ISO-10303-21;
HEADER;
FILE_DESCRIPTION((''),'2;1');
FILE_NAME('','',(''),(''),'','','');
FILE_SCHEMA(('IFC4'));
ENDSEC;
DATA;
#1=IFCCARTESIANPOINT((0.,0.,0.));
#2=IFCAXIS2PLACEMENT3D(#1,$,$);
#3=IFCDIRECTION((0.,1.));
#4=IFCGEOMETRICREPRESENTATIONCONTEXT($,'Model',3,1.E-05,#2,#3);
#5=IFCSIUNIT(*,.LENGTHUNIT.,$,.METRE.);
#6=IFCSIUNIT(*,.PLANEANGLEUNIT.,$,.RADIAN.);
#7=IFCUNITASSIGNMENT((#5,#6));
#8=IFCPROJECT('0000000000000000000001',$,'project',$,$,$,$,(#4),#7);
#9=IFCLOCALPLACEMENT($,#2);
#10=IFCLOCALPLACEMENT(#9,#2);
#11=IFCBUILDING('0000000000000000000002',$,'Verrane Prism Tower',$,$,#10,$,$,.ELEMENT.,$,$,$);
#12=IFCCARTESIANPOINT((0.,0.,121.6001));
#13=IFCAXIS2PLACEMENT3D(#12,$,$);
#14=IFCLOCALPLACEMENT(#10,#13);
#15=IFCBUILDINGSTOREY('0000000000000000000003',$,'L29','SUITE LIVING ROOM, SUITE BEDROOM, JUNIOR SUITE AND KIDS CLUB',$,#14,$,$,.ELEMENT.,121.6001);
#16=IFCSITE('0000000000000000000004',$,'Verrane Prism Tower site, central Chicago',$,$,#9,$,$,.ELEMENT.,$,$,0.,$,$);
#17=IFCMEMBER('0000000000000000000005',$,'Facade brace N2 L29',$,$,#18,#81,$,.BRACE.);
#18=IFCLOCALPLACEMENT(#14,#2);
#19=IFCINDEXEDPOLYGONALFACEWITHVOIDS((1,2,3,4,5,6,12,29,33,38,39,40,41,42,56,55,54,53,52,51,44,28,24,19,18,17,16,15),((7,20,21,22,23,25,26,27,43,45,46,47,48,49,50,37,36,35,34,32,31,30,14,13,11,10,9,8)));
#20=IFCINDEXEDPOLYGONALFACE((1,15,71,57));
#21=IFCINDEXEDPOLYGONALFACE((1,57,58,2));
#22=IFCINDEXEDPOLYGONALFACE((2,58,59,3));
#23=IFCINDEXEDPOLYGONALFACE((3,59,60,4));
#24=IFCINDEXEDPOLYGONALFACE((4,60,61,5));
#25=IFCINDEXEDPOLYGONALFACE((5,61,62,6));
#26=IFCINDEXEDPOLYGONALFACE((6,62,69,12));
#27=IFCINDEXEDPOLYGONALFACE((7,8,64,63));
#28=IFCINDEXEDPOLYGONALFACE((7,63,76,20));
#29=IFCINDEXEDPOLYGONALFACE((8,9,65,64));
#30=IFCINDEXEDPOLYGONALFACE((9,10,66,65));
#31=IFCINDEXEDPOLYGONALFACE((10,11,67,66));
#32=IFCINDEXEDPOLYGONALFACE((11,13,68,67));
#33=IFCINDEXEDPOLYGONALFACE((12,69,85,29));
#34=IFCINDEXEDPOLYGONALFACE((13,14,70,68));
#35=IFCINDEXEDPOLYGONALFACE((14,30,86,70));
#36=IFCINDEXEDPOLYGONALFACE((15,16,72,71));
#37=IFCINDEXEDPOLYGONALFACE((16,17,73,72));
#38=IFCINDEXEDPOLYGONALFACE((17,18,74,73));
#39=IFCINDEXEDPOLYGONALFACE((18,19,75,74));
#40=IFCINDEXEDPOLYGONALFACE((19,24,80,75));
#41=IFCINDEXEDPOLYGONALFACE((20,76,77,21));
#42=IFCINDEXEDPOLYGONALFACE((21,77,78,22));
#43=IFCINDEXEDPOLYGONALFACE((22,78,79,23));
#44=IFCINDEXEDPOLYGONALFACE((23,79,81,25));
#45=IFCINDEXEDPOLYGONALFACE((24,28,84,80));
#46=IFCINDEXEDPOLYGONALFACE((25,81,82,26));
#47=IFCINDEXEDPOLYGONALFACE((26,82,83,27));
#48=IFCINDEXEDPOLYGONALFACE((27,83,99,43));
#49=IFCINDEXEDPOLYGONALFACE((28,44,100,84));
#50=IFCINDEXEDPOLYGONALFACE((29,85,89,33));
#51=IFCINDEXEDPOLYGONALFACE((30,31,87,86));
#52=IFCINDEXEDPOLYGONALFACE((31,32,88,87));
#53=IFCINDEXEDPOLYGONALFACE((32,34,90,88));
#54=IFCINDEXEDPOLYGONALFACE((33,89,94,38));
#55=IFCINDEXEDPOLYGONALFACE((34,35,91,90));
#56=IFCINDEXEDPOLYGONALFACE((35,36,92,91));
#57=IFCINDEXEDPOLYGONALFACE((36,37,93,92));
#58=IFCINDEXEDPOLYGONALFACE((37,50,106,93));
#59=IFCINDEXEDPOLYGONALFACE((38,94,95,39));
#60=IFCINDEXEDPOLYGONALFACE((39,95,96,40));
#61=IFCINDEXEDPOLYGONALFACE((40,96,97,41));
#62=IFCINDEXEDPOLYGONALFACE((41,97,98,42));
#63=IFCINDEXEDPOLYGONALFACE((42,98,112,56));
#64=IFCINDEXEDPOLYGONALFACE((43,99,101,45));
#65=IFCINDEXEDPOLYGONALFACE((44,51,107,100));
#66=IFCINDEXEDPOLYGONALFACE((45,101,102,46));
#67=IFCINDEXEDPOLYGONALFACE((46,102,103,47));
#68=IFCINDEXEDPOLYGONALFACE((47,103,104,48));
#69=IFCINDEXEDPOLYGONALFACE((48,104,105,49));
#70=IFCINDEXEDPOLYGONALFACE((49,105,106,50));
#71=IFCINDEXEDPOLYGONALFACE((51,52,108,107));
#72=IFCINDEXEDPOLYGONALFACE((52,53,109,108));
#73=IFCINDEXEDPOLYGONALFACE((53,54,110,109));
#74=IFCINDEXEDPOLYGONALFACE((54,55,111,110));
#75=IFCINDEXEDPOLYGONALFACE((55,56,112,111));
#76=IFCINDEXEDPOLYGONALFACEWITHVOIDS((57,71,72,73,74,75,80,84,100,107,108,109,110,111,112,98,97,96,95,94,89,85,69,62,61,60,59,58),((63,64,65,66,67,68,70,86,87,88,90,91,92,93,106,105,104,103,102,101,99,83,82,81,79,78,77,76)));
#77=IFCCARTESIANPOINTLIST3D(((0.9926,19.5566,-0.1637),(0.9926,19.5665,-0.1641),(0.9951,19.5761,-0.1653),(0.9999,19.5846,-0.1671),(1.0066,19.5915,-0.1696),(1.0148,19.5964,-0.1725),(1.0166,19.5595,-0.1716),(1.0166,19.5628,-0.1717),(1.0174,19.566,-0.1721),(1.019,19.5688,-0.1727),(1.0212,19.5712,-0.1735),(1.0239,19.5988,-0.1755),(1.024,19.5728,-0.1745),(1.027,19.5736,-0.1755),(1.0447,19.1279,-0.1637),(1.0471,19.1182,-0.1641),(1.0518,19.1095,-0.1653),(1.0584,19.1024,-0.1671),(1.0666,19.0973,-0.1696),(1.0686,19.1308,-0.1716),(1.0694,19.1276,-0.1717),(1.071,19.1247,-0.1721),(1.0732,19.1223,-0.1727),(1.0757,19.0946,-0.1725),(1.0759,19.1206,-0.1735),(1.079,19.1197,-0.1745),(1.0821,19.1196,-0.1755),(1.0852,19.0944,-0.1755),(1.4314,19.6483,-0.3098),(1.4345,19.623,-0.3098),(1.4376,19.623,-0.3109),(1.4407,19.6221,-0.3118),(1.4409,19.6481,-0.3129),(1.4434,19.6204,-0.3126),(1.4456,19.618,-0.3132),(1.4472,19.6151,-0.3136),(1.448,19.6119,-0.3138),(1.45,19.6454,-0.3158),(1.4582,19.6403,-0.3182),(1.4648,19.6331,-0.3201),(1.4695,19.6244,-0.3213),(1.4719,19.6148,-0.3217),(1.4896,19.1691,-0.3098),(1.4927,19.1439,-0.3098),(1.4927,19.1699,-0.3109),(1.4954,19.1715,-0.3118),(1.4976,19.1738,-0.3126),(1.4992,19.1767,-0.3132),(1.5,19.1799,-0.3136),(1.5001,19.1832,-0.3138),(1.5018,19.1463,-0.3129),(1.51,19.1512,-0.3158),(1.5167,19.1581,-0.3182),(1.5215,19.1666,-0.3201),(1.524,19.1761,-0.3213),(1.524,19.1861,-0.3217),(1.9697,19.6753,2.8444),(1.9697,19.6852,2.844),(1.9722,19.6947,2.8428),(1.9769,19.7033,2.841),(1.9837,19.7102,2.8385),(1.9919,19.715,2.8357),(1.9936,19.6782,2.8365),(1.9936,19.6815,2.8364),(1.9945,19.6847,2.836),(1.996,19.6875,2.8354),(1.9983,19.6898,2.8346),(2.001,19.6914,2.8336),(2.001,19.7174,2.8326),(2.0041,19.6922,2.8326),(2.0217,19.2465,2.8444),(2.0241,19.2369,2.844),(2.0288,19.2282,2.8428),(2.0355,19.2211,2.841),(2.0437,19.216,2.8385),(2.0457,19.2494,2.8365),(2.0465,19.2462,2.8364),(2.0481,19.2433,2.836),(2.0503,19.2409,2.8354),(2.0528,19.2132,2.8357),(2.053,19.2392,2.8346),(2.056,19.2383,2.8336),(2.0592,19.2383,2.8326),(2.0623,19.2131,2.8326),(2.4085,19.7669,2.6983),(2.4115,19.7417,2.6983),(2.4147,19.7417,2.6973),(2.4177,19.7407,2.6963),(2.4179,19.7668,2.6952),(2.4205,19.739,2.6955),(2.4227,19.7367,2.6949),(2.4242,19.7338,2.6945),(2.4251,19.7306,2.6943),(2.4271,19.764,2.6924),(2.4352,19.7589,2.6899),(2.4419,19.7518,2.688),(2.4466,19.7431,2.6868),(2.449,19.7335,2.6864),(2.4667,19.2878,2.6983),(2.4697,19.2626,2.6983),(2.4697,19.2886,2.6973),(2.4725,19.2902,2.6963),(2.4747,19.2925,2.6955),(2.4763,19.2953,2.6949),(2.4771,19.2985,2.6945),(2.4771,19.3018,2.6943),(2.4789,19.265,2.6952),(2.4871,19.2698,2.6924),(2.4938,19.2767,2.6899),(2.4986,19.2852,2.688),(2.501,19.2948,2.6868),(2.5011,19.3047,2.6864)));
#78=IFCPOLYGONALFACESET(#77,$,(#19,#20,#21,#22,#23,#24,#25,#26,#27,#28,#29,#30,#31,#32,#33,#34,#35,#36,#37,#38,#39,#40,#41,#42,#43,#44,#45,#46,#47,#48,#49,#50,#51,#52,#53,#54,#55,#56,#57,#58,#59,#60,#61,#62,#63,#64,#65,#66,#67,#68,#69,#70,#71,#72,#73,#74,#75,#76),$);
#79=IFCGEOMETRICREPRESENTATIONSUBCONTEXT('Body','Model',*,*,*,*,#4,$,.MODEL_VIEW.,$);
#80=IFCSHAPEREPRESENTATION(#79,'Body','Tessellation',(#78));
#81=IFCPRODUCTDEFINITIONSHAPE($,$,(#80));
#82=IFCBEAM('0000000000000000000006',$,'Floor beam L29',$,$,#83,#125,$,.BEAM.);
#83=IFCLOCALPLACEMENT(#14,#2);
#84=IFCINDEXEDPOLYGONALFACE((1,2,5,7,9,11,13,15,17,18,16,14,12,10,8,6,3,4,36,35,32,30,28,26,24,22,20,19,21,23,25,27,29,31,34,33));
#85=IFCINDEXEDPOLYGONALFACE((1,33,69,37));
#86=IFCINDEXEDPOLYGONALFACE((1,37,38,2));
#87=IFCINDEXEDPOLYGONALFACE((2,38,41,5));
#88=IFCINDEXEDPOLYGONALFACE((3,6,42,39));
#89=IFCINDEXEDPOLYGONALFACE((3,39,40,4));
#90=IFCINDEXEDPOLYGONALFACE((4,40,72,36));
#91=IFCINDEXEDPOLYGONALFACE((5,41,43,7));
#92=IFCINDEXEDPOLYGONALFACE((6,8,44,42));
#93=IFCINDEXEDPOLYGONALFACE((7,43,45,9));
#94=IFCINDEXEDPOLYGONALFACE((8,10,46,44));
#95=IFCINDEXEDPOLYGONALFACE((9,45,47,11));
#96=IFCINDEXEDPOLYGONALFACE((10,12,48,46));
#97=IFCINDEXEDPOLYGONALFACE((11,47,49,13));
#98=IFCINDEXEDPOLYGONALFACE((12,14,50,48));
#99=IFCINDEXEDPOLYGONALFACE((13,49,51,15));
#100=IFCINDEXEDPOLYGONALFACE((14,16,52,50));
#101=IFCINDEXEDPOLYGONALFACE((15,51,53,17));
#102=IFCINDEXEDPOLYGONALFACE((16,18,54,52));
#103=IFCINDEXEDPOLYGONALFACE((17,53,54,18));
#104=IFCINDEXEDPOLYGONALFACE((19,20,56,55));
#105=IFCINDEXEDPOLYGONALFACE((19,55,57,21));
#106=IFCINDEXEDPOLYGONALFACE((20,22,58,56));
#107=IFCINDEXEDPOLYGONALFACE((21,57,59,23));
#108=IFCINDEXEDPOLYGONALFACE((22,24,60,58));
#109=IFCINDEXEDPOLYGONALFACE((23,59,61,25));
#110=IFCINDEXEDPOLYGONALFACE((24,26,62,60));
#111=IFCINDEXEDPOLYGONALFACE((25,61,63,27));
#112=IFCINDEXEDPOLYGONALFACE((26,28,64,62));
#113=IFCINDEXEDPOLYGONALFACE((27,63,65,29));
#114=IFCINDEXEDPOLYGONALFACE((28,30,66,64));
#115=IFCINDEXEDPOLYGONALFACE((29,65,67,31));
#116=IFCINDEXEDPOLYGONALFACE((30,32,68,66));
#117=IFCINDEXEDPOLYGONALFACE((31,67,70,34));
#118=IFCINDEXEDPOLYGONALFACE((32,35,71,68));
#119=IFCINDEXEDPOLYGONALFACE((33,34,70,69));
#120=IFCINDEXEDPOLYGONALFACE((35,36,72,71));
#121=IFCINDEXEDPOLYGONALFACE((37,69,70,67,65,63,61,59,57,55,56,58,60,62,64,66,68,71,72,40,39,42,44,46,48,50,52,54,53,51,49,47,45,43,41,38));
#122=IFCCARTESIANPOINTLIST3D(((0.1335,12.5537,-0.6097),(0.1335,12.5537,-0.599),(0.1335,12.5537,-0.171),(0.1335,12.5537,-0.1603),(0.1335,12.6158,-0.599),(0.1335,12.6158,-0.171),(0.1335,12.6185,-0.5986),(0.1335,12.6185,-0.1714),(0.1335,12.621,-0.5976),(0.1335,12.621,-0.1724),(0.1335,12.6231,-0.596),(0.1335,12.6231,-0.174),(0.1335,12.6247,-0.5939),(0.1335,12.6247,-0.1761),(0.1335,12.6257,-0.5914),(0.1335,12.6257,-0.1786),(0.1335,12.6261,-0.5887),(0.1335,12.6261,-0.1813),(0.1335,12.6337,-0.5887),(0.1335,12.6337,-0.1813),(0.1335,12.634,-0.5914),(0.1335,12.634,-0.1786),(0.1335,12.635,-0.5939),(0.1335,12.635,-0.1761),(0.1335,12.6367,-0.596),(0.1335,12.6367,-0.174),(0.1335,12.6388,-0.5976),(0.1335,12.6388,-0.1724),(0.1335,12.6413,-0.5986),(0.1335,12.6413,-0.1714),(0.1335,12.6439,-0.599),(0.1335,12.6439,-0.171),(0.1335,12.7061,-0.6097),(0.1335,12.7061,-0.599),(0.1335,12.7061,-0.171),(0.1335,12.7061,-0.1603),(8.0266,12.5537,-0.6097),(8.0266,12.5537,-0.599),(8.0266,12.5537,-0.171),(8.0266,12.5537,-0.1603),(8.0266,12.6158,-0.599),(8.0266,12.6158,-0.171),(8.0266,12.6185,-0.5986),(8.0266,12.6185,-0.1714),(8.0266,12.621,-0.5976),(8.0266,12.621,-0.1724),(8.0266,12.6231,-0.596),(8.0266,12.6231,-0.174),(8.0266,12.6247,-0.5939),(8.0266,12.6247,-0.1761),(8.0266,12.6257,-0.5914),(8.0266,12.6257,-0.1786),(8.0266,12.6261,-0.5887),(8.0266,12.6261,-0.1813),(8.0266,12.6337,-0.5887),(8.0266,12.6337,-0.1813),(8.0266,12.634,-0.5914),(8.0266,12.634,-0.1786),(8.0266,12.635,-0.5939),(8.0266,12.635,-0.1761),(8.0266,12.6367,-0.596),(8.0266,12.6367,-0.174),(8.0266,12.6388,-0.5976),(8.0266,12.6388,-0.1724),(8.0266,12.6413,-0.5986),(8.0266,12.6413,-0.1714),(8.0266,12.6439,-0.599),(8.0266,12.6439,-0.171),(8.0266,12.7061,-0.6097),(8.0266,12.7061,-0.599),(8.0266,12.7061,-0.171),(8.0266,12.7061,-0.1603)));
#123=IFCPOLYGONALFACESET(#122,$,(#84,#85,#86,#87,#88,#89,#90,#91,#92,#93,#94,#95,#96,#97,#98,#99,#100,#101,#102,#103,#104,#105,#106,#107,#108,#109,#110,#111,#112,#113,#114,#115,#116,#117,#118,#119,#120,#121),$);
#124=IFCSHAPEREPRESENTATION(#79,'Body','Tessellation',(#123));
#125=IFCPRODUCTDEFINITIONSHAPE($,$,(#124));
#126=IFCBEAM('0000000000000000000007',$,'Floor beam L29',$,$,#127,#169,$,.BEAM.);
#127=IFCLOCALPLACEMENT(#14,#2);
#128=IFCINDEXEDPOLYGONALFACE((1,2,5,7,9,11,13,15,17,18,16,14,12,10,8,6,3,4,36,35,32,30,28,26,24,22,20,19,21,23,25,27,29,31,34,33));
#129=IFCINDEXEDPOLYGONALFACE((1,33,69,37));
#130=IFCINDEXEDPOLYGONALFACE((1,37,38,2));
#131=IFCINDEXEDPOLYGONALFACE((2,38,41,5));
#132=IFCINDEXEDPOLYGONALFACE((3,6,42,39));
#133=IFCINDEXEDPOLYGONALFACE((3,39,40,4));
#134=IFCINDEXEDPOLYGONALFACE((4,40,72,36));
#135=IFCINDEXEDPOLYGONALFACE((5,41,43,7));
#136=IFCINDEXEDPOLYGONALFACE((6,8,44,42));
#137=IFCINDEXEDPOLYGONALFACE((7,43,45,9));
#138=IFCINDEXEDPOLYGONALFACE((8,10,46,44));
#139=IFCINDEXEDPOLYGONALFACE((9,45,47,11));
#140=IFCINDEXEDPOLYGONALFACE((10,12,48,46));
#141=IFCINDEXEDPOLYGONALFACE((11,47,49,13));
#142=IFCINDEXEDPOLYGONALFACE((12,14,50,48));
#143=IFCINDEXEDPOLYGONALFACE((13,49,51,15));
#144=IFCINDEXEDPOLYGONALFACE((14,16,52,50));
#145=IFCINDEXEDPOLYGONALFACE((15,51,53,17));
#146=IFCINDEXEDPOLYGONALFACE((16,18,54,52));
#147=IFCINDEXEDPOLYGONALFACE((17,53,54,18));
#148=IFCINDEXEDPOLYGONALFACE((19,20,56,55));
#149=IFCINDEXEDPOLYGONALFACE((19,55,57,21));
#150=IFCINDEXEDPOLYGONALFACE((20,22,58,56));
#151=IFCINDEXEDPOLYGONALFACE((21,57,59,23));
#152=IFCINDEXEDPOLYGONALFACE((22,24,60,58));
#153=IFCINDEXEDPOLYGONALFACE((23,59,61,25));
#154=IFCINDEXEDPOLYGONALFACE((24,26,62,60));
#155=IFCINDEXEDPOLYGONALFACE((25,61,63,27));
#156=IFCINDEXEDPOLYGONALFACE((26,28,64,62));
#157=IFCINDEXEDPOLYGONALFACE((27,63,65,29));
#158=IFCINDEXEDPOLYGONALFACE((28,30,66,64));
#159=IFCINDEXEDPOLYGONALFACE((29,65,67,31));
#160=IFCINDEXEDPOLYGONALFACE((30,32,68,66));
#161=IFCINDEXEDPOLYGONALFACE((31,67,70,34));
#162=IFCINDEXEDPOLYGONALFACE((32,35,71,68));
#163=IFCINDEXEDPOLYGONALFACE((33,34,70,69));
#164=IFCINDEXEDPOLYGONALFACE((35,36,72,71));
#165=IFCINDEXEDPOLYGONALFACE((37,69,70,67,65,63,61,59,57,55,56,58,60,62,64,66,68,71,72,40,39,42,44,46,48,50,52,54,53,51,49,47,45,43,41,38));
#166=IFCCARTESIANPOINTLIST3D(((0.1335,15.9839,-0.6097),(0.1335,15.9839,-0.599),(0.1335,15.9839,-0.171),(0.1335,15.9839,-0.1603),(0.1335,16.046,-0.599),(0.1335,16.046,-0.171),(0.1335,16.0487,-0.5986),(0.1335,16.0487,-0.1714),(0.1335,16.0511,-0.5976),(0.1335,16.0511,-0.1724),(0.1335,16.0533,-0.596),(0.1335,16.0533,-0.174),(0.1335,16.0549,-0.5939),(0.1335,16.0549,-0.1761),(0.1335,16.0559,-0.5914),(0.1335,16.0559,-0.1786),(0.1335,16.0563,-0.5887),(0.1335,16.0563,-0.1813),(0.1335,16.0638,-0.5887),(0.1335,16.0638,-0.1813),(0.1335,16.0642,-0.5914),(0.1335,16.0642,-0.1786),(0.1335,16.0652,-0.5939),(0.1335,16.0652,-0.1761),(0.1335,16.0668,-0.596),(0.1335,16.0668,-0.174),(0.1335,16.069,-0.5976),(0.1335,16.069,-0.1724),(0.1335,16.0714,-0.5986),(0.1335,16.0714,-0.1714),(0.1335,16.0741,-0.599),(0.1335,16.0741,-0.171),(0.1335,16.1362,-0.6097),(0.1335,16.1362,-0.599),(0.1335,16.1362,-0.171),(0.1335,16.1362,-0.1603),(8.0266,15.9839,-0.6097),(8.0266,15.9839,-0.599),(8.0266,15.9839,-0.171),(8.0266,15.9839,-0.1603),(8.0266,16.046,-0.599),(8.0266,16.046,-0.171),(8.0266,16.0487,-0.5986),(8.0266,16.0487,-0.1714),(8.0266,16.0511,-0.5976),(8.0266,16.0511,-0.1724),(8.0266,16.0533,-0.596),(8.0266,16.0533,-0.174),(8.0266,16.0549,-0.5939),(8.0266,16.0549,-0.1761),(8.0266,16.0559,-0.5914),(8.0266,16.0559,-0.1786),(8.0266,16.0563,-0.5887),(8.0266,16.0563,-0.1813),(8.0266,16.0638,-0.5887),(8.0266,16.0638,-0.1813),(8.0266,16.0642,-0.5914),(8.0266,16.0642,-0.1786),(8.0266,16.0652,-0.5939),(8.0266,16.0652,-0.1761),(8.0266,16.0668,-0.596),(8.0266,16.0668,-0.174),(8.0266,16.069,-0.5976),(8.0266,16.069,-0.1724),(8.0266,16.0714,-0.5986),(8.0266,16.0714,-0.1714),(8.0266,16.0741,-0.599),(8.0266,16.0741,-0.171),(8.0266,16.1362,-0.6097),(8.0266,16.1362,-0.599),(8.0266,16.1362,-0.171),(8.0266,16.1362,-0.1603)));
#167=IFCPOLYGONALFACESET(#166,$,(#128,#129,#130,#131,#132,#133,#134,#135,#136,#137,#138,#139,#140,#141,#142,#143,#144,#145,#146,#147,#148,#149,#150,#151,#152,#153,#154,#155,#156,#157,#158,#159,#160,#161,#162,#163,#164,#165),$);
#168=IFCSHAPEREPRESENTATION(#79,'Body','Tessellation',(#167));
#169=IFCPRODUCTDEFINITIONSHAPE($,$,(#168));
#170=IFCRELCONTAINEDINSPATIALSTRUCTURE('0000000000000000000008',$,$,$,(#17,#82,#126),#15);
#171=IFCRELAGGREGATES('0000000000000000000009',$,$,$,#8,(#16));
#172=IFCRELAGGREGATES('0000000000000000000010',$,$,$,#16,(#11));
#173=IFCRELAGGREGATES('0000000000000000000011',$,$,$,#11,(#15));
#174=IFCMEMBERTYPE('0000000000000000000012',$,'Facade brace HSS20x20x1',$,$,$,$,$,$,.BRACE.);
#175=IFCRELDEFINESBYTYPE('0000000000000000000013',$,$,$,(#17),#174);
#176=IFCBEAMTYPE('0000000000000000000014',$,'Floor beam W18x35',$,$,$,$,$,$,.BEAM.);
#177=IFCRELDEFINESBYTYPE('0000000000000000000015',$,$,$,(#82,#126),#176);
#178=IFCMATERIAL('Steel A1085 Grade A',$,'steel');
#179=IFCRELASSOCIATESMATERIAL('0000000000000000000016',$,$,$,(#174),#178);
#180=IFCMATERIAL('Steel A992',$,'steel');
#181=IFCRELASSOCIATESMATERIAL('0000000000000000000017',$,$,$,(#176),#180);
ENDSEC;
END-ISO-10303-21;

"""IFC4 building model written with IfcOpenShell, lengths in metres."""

from ifc_helpers import new_model, si_unit, direction, frame, origin, origin_2d, place, context, subcontext, project, spatial, hollow_rectangle, i_section, extrude, material, material_profile, profile_set, type_object, element, save


model = new_model("IFC4")

# Units and contexts
model_context = context("Model", 3, precision=1e-05, world=origin(), true_north=direction((0.0, 1.0)))
body_context = subcontext(model_context, "Body", "Model", "MODEL_VIEW")
ifc_project = project(units=[si_unit("LENGTHUNIT", "METRE"), si_unit("PLANEANGLEUNIT", "RADIAN")], contexts=[model_context])

# Site, building, storey
site_placement = place(None, origin())
site = spatial("IfcSite", under=ifc_project, at=site_placement, Name="Verrane Prism Tower site, central Chicago", CompositionType="ELEMENT", RefElevation=0.0)
building_placement = place(site_placement, origin())
building = spatial("IfcBuilding", under=site, at=building_placement, Name="Verrane Prism Tower", CompositionType="ELEMENT")
storey_placement = place(building_placement, frame((0.0, 0.0, 121.6001)))
storey = spatial("IfcBuildingStorey", under=building, at=storey_placement, Name="L29", Description="SUITE LIVING ROOM, SUITE BEDROOM, JUNIOR SUITE AND KIDS CLUB", CompositionType="ELEMENT", Elevation=121.6001)

# Member
ifc_material_1 = material(Name="Steel A1085 Grade A", Category="steel")
ifc_material_profile_1 = material_profile(ifc_material_1, hollow_rectangle(XDim=0.5081, YDim=0.5081, WallThickness=0.0254, InnerFilletRadius=0.0127, OuterFilletRadius=0.0381, at=origin_2d()), Name="HSS20x20x1")
ifc_profile_set_1 = profile_set([ifc_material_profile_1], Name="Steel A1085 Grade A")
member_type = type_object("IfcMemberType", Name="Facade brace HSS20x20x1", PredefinedType="BRACE", material=ifc_profile_set_1)
member_placement = place(storey_placement, frame((1.2583, 19.3713, -0.2427), z_axis=(0.308707, 0.037489, 0.950418), x_axis=(-0.120554, 0.992707, 0.0)))
element("IfcMember", 1, at=member_placement, inside=storey, type_object=member_type, Name="Facade brace N2 L29", PredefinedType="BRACE", context=body_context, shape_type="SweptSolid", body=[
    extrude(hollow_rectangle(XDim=0.5081, YDim=0.5081, WallThickness=0.0254, InnerFilletRadius=0.0127, OuterFilletRadius=0.0381, at=origin_2d()), origin(), (0.0, 0.0, 1.0), 3.165),
])

# Beams
ifc_material_2 = material(Name="Steel A992", Category="steel")
ifc_material_profile_2 = material_profile(ifc_material_2, i_section(OverallWidth=0.1523, OverallDepth=0.4495, WebThickness=0.0076, FlangeThickness=0.0107, FilletRadius=0.0103, at=origin_2d()), Name="W18x35")
ifc_profile_set_2 = profile_set([ifc_material_profile_2], Name="Steel A992")
beam_type_1 = type_object("IfcBeamType", Name="Floor beam W18x35", PredefinedType="BEAM", material=ifc_profile_set_2)
for number, where, z_axis, x_axis, name in (
    (2, (0.1335, 12.6299, -0.385), (1.0, 0.0, 0.0), (0.0, 1.0, 0.0), "Floor beam L29"),
    (3, (0.1335, 16.0601, -0.385), (1.0, 0.0, 0.0), (0.0, 1.0, 0.0), "Floor beam L29"),
):
    element("IfcBeam", number, at=place(storey_placement, frame(where, z_axis=z_axis, x_axis=x_axis)), inside=storey, type_object=beam_type_1, Name=name, PredefinedType="BEAM", context=body_context, shape_type="SweptSolid", body=[
        extrude(i_section(OverallWidth=0.1523, OverallDepth=0.4495, WebThickness=0.0076, FlangeThickness=0.0107, FilletRadius=0.0103, at=origin_2d()), origin(), (0.0, 0.0, 1.0), 7.8931),
    ])

save(model, "model.ifc")
